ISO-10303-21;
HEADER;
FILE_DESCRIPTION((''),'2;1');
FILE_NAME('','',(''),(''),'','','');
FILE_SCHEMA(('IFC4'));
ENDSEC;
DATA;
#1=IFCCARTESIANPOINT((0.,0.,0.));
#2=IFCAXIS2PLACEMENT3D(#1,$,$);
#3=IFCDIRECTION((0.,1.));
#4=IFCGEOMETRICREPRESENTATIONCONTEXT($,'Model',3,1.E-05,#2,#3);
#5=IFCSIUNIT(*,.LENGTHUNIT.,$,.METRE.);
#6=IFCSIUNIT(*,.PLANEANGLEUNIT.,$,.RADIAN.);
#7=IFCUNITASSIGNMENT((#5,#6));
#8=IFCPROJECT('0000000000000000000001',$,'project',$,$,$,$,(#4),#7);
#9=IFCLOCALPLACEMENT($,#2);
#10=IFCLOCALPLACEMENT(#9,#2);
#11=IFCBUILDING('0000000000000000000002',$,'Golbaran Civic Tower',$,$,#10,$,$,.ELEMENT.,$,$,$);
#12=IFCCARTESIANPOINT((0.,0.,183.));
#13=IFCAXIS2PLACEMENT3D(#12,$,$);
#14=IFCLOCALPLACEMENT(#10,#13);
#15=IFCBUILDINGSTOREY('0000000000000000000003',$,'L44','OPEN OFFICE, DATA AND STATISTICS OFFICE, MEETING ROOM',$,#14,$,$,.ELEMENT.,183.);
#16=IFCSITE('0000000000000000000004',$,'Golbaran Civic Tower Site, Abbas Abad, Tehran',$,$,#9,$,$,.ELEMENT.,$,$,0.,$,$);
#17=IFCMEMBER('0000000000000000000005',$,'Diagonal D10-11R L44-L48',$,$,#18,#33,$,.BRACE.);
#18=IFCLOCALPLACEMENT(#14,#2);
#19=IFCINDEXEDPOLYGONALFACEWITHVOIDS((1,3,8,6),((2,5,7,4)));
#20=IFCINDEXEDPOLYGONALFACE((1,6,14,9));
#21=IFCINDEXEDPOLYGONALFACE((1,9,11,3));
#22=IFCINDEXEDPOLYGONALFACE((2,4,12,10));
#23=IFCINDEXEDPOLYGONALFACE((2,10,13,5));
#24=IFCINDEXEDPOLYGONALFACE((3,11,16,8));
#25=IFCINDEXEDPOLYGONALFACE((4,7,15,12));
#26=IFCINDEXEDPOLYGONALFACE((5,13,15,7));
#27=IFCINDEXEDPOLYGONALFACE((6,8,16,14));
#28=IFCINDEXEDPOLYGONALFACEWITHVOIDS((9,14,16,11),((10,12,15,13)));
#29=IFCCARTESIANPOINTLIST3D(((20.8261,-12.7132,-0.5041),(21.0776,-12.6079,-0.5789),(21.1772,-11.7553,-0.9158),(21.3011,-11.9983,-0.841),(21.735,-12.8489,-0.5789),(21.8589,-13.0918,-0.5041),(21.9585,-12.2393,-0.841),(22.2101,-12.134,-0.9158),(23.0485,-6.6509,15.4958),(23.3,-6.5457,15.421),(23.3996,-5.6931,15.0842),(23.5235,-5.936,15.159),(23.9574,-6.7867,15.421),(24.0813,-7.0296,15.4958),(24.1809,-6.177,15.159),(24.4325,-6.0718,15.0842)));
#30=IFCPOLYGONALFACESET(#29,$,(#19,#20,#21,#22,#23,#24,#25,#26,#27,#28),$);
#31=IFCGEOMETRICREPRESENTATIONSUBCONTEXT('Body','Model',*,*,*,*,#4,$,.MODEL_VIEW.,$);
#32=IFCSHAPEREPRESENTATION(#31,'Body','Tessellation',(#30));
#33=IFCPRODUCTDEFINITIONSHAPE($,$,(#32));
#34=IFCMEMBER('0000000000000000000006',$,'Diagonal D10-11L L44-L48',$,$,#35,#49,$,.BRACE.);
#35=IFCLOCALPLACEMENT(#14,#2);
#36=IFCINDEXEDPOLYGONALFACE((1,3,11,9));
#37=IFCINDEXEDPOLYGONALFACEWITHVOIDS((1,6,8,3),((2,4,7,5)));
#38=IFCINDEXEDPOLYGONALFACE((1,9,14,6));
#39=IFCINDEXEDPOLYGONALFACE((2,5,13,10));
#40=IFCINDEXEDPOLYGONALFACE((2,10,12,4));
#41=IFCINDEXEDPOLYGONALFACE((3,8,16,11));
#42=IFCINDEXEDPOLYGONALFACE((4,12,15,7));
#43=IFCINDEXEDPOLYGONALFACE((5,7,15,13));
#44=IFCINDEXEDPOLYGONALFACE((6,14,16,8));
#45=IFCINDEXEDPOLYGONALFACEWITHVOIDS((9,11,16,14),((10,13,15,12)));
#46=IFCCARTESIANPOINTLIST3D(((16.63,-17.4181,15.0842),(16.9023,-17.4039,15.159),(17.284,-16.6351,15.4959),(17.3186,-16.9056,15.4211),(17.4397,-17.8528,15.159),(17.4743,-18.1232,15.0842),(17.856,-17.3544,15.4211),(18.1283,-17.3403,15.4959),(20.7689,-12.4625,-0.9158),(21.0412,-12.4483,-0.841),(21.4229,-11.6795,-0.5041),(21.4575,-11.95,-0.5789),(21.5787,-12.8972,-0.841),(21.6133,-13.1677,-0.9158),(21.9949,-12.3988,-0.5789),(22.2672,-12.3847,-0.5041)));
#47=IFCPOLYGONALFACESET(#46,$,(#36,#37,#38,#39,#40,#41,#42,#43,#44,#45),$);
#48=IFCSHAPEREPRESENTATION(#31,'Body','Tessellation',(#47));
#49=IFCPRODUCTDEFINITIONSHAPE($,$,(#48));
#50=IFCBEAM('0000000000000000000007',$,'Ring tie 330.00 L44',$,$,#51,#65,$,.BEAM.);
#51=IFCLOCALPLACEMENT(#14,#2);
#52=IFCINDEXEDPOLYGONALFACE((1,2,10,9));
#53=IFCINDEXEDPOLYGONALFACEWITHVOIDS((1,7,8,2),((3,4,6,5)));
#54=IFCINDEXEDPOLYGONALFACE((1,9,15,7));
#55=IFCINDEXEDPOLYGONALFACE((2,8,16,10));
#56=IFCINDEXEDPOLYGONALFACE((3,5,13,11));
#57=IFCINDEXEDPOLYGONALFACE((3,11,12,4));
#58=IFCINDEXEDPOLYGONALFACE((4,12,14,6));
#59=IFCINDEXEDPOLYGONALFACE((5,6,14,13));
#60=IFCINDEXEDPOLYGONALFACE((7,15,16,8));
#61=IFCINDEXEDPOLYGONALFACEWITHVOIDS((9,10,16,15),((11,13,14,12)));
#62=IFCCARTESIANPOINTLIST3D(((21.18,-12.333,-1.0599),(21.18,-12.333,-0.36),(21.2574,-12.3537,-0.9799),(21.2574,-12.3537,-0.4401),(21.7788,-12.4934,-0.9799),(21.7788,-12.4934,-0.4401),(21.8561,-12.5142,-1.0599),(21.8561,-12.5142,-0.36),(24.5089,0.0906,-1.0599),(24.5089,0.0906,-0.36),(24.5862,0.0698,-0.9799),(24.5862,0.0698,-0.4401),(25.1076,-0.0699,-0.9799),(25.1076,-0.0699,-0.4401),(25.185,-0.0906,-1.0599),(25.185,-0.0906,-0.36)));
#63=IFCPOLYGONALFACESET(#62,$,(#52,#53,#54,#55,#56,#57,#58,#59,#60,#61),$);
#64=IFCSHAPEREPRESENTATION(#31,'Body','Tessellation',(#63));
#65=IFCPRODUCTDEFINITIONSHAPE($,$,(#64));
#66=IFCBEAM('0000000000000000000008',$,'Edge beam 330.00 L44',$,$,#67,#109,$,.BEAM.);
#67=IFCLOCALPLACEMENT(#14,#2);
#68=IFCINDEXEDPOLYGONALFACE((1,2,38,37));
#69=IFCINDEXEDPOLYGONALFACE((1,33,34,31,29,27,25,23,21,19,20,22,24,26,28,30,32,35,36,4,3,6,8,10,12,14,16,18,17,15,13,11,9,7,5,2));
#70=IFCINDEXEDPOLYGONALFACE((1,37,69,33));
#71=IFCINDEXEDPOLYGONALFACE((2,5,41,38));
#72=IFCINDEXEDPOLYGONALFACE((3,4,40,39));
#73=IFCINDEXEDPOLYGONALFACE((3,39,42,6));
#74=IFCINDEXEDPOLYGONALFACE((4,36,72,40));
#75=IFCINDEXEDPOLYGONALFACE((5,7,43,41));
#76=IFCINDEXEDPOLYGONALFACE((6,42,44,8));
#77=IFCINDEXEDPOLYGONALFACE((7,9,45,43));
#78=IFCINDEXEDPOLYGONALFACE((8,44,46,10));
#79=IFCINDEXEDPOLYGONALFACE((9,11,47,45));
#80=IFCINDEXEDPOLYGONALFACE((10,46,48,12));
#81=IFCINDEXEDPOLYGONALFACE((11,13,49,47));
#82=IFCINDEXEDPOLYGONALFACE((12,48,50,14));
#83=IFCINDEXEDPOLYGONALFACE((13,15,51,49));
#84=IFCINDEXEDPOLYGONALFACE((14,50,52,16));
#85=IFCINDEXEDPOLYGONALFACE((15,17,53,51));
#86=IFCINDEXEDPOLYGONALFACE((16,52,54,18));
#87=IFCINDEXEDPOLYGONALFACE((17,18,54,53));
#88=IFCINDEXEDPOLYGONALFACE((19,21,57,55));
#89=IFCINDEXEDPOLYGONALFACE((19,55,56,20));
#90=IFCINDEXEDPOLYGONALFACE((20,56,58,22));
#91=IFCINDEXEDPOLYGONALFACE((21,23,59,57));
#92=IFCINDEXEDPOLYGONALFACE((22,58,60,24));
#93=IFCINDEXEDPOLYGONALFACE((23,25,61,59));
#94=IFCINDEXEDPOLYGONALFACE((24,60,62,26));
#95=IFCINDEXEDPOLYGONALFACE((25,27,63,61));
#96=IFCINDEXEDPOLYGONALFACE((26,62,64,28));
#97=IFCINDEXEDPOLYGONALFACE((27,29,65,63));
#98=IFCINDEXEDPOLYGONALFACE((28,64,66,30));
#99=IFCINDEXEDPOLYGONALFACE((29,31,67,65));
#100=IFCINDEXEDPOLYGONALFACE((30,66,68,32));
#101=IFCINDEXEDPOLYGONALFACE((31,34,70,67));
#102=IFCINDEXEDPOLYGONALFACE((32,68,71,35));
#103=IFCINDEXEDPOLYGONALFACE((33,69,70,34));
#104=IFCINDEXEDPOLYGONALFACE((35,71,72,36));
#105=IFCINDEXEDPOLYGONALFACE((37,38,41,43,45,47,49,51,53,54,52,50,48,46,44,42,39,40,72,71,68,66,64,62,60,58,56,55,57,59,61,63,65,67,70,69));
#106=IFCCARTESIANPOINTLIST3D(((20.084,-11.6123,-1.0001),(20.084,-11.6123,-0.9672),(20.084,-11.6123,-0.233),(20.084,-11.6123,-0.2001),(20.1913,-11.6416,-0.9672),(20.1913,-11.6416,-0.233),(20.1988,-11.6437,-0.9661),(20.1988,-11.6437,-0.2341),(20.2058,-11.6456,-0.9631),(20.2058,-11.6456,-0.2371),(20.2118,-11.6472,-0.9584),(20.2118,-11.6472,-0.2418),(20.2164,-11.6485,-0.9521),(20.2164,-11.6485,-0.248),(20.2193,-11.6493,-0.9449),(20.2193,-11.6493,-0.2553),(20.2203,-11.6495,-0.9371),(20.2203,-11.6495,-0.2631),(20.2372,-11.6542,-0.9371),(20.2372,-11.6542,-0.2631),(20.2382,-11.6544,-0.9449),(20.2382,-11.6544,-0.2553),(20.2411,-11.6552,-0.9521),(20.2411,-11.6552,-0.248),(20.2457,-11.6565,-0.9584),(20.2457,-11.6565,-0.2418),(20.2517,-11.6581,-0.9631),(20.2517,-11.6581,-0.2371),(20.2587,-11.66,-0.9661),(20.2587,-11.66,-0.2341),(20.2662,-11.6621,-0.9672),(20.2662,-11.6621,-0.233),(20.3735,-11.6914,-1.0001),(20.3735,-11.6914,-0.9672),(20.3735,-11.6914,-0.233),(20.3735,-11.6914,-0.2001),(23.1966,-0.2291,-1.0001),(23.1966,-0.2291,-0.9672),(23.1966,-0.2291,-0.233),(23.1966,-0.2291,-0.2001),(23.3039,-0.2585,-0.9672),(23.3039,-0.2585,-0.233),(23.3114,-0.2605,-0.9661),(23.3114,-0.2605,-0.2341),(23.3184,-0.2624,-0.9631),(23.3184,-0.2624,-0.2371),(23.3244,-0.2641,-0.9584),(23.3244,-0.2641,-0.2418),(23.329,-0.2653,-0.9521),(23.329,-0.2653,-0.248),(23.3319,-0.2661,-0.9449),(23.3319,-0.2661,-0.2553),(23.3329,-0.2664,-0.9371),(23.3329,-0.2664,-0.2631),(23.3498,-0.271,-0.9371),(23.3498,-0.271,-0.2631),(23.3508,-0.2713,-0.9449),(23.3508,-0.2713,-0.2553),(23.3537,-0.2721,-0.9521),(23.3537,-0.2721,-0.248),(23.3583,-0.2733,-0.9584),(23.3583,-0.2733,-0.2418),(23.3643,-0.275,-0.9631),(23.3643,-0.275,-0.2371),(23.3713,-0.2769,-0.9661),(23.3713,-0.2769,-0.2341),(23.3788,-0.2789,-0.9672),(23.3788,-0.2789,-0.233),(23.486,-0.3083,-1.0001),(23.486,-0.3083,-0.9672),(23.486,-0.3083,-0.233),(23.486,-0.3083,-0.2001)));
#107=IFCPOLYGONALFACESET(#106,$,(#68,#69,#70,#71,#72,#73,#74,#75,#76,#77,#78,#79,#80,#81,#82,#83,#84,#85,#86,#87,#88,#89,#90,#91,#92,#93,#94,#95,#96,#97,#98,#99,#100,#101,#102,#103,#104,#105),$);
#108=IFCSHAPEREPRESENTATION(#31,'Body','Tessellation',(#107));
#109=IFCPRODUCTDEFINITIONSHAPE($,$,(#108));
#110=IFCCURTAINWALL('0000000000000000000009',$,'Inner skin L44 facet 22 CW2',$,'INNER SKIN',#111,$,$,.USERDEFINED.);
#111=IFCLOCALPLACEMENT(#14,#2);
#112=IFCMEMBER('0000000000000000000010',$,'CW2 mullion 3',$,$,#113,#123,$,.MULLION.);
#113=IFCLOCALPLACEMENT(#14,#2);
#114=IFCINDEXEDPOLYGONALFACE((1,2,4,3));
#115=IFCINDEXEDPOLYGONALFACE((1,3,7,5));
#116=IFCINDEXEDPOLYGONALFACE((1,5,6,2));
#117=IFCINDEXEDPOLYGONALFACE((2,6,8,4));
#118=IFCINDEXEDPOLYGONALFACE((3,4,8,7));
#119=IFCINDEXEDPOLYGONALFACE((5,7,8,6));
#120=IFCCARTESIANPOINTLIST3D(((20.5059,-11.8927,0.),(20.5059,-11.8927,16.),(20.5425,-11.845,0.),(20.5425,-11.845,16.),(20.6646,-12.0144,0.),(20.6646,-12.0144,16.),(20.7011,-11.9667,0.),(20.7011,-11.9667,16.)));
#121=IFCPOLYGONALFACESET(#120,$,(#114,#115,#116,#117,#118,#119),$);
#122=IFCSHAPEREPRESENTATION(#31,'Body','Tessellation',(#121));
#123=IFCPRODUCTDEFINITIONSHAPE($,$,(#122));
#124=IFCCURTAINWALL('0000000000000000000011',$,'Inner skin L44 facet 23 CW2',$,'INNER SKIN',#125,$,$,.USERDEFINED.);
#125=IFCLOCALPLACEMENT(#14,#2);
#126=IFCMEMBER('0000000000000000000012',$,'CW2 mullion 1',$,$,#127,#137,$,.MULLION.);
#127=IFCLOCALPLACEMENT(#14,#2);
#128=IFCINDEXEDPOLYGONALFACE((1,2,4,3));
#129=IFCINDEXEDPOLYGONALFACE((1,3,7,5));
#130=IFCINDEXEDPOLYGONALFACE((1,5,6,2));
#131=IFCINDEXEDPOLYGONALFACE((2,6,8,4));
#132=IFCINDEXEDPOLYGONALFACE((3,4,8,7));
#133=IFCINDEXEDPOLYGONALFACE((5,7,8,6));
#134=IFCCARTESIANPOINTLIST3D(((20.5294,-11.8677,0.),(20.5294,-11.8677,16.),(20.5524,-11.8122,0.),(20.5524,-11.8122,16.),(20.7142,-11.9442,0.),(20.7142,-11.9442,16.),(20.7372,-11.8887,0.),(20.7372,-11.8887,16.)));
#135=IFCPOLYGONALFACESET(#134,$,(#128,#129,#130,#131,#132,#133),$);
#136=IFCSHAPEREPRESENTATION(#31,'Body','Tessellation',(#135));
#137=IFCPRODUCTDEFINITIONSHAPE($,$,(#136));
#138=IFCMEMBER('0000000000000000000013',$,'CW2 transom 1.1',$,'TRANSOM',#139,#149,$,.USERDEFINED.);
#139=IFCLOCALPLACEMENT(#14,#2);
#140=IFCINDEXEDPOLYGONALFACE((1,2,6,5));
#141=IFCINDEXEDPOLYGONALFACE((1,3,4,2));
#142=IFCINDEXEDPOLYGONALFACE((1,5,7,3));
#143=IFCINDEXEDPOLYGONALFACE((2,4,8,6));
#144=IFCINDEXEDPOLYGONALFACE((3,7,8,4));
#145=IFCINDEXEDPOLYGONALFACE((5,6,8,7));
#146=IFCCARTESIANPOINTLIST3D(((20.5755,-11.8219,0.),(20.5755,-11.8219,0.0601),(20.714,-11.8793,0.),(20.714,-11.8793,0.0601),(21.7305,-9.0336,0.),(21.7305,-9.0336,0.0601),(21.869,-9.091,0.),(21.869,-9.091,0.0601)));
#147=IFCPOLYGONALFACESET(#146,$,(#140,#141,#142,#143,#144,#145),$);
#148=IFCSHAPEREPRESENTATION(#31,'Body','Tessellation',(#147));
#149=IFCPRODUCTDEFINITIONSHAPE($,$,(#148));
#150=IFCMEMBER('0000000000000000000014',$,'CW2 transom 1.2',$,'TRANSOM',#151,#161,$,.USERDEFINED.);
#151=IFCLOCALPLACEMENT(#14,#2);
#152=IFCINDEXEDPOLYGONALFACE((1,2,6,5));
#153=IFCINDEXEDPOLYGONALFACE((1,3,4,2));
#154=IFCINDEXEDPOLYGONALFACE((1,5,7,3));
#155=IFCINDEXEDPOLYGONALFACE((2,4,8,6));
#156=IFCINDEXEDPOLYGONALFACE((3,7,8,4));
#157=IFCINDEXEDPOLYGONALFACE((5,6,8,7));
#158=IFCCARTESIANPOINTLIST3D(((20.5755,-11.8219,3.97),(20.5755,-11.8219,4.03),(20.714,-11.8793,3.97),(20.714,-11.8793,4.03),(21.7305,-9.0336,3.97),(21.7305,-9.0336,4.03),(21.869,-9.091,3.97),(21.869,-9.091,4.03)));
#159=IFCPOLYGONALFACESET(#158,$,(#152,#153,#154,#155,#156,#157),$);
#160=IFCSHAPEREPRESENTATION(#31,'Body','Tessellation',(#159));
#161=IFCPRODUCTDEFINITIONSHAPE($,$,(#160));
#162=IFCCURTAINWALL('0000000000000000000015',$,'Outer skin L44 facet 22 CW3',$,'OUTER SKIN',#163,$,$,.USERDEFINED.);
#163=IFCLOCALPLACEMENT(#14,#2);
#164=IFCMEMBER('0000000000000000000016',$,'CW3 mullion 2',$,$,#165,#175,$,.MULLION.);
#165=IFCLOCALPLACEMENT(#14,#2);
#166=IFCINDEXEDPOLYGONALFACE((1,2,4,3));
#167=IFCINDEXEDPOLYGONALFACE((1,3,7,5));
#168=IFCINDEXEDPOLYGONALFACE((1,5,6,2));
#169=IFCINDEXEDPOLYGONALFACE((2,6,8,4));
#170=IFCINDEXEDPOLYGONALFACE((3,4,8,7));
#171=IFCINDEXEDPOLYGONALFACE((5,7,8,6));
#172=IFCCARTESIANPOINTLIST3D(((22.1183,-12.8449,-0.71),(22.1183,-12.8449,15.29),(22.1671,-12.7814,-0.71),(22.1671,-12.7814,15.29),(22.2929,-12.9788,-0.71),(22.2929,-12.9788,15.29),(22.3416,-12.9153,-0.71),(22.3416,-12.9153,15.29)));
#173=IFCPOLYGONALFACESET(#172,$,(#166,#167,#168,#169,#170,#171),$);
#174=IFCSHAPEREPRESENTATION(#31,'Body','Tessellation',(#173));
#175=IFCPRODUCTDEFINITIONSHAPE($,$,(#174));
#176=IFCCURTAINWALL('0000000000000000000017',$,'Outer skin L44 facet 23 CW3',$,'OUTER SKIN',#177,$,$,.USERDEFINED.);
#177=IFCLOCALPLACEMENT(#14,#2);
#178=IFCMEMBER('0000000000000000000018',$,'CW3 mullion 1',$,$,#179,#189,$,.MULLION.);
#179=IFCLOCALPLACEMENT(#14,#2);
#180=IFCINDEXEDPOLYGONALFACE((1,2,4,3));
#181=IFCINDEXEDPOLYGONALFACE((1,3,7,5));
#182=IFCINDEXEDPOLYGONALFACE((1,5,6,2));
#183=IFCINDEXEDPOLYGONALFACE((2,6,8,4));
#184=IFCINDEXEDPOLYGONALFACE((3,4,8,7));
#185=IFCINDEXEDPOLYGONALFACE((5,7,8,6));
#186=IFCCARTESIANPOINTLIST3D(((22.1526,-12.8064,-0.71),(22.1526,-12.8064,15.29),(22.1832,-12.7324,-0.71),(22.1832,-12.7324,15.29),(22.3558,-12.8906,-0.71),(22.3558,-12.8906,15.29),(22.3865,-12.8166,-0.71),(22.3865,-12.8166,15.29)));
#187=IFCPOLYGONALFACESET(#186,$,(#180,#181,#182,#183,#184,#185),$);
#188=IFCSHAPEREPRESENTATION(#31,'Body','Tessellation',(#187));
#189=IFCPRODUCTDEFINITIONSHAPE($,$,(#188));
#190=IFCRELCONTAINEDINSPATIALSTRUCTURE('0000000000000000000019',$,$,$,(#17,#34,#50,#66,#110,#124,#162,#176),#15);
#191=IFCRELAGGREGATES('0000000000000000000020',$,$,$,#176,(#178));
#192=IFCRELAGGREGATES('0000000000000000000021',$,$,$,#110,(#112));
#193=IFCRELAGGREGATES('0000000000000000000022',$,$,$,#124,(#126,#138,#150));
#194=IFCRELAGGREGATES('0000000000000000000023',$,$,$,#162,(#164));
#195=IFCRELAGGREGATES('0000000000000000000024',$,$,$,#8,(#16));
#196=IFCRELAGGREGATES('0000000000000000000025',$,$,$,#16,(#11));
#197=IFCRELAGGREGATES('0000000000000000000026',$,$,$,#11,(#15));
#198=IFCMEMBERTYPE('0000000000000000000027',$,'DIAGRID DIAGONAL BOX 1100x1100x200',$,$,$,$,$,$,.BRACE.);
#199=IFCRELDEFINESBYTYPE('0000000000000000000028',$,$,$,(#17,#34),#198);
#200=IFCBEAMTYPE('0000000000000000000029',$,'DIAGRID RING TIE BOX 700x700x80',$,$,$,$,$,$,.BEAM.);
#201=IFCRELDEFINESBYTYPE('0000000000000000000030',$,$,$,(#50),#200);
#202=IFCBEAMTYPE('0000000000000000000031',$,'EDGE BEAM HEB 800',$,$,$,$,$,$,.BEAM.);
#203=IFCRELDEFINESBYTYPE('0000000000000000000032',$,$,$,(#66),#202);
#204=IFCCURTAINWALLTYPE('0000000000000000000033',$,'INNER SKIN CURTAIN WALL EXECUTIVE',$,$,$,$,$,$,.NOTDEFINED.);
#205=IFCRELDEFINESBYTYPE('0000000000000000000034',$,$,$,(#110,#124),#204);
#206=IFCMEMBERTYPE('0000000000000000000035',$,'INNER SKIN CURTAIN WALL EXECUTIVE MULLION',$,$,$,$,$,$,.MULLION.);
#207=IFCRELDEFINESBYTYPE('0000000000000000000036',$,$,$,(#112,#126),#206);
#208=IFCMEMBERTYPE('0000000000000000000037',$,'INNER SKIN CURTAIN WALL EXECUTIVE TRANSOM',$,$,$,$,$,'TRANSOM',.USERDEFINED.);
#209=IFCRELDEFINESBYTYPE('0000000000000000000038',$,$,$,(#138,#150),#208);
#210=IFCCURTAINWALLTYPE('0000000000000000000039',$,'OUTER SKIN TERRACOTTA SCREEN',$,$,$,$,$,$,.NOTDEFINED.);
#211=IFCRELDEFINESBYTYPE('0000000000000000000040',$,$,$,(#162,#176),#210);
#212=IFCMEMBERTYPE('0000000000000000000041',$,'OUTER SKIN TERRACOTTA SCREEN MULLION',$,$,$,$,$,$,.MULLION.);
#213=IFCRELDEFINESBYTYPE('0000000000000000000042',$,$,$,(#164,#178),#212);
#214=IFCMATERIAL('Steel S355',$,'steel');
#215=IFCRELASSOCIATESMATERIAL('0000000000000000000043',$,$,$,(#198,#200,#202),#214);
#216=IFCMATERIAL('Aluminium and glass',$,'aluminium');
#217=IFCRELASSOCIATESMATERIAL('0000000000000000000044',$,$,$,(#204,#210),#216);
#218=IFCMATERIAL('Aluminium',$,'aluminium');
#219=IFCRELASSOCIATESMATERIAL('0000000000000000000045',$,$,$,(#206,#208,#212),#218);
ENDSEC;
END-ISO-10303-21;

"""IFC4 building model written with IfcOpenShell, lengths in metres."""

from ifc_helpers import new_model, si_unit, direction, frame, origin, origin_2d, place, context, subcontext, project, spatial, rectangle, hollow_rectangle, i_section, extrude, material, material_profile, profile_set, type_object, element, aggregate, save


model = new_model("IFC4")

# Units and contexts
model_context = context("Model", 3, precision=1e-05, world=origin(), true_north=direction((0.0, 1.0)))
body_context = subcontext(model_context, "Body", "Model", "MODEL_VIEW")
ifc_project = project(units=[si_unit("LENGTHUNIT", "METRE"), si_unit("PLANEANGLEUNIT", "RADIAN")], contexts=[model_context])

# Site, building, storey
site_placement = place(None, origin())
site = spatial("IfcSite", under=ifc_project, at=site_placement, Name="Golbaran Civic Tower Site, Abbas Abad, Tehran", CompositionType="ELEMENT", RefElevation=0.0)
building_placement = place(site_placement, origin())
building = spatial("IfcBuilding", under=site, at=building_placement, Name="Golbaran Civic Tower", CompositionType="ELEMENT")
storey_placement = place(building_placement, frame((0.0, 0.0, 183.0)))
storey = spatial("IfcBuildingStorey", under=building, at=storey_placement, Name="L44", Description="OPEN OFFICE, DATA AND STATISTICS OFFICE, MEETING ROOM", CompositionType="ELEMENT", Elevation=183.0)

# Members
ifc_material_1 = material(Name="Steel S355", Category="steel")
ifc_material_profile_1 = material_profile(ifc_material_1, hollow_rectangle(XDim=1.1001, YDim=1.1001, WallThickness=0.2, at=origin_2d()), Name="BOX 1100x1100x200")
ifc_profile_set_1 = profile_set([ifc_material_profile_1], Name="Steel S355")
member_type_1 = type_object("IfcMemberType", Name="DIAGRID DIAGONAL BOX 1100x1100x200", PredefinedType="BRACE", material=ifc_profile_set_1)
for number, where, z_axis, x_axis, name in (
    (1, (21.5181, -12.4236, -0.71), (0.128808, 0.35136, 0.927337), (-0.938897, 0.344198, 0.0), "Diagonal D10-11R L44-L48"),
    (2, (21.5181, -12.4236, -0.71), (-0.239886, -0.287219, 0.92734), (0.767514, -0.641032, 0.0), "Diagonal D10-11L L44-L48"),
):
    element("IfcMember", number, at=place(storey_placement, frame(where, z_axis=z_axis, x_axis=x_axis)), inside=storey, type_object=member_type_1, Name=name, PredefinedType="BRACE", context=body_context, shape_type="SweptSolid", body=[
        extrude(hollow_rectangle(XDim=1.1001, YDim=1.1001, WallThickness=0.2, at=origin_2d()), origin(), (0.0, 0.0, 1.0), 17.2537),
    ])

# Beams
ifc_material_profile_2 = material_profile(ifc_material_1, hollow_rectangle(XDim=0.7, YDim=0.7, WallThickness=0.0801, at=origin_2d()), Name="BOX 700x700x80")
ifc_profile_set_2 = profile_set([ifc_material_profile_2], Name="Steel S355")
beam_type_1 = type_object("IfcBeamType", Name="DIAGRID RING TIE BOX 700x700x80", PredefinedType="BEAM", material=ifc_profile_set_2)
beam_1_placement = place(storey_placement, frame((21.5181, -12.4236, -0.71), z_axis=(0.258817, 0.965926, 0.0), x_axis=(-0.965926, 0.258817, 0.0)))
element("IfcBeam", 3, at=beam_1_placement, inside=storey, type_object=beam_type_1, Name="Ring tie 330.00 L44", PredefinedType="BEAM", context=body_context, shape_type="SweptSolid", body=[
    extrude(hollow_rectangle(XDim=0.7, YDim=0.7, WallThickness=0.0801, at=origin_2d()), origin(), (0.0, 0.0, 1.0), 12.8618),
])
ifc_material_profile_3 = material_profile(ifc_material_1, i_section(OverallWidth=0.3, OverallDepth=0.8, WebThickness=0.0176, FlangeThickness=0.033, FilletRadius=0.03, at=origin_2d()), Name="HEB 800")
ifc_profile_set_3 = profile_set([ifc_material_profile_3], Name="Steel S355")
beam_type_2 = type_object("IfcBeamType", Name="EDGE BEAM HEB 800", PredefinedType="BEAM", material=ifc_profile_set_3)
beam_2_placement = place(storey_placement, frame((20.2288, -11.6519, -0.6001), z_axis=(0.263755, 0.96459, 0.0), x_axis=(-0.96459, 0.263755, 0.0)))
element("IfcBeam", 4, at=beam_2_placement, inside=storey, type_object=beam_type_2, Name="Edge beam 330.00 L44", PredefinedType="BEAM", context=body_context, shape_type="SweptSolid", body=[
    extrude(i_section(OverallWidth=0.3, OverallDepth=0.8, WebThickness=0.0176, FlangeThickness=0.033, FilletRadius=0.03, at=origin_2d()), origin(), (0.0, 0.0, 1.0), 11.801),
])

# Curtain wall, member
ifc_material_2 = material(Name="Aluminium and glass", Category="aluminium")
curtain_wall_type_1 = type_object("IfcCurtainWallType", Name="INNER SKIN CURTAIN WALL EXECUTIVE", PredefinedType="NOTDEFINED", material=ifc_material_2)
curtain_wall_1_placement = place(storey_placement, origin())
curtain_wall_1 = element("IfcCurtainWall", 5, at=curtain_wall_1_placement, inside=storey, type_object=curtain_wall_type_1, Name="Inner skin L44 facet 22 CW2", ObjectType="INNER SKIN", PredefinedType="USERDEFINED")
ifc_material_3 = material(Name="Aluminium", Category="aluminium")
ifc_material_profile_4 = material_profile(ifc_material_3, rectangle(XDim=0.2, YDim=0.0601, at=origin_2d()), Name="INNER SKIN CURTAIN WALL EXECUTIVE MULLION")
ifc_profile_set_4 = profile_set([ifc_material_profile_4], Name="Aluminium")
member_type_2 = type_object("IfcMemberType", Name="INNER SKIN CURTAIN WALL EXECUTIVE MULLION", PredefinedType="MULLION", material=ifc_profile_set_4)
member_1_placement = place(storey_placement, frame((20.6035, -11.9297, 0.0), z_axis=(0.0, 0.0, 1.0), x_axis=(-0.793353, 0.608761, 0.0)))
member_1 = element("IfcMember", 6, at=member_1_placement, type_object=member_type_2, Name="CW2 mullion 3", PredefinedType="MULLION", context=body_context, shape_type="SweptSolid", body=[
    extrude(rectangle(XDim=0.2, YDim=0.0601, at=origin_2d()), origin(), (0.0, 0.0, 1.0), 16.0),
])

# Curtain wall, members
curtain_wall_2_placement = place(storey_placement, origin())
curtain_wall_2 = element("IfcCurtainWall", 7, at=curtain_wall_2_placement, inside=storey, type_object=curtain_wall_type_1, Name="Inner skin L44 facet 23 CW2", ObjectType="INNER SKIN", PredefinedType="USERDEFINED")
member_2_placement = place(storey_placement, frame((20.6333, -11.8782, 0.0), z_axis=(0.0, 0.0, 1.0), x_axis=(-0.92388, 0.382683, 0.0)))
member_2 = element("IfcMember", 8, at=member_2_placement, type_object=member_type_2, Name="CW2 mullion 1", PredefinedType="MULLION", context=body_context, shape_type="SweptSolid", body=[
    extrude(rectangle(XDim=0.2, YDim=0.0601, at=origin_2d()), origin(), (0.0, 0.0, 1.0), 16.0),
])
ifc_material_profile_5 = material_profile(ifc_material_3, rectangle(XDim=0.1499, YDim=0.0601, at=origin_2d()), Name="INNER SKIN CURTAIN WALL EXECUTIVE TRANSOM")
ifc_profile_set_5 = profile_set([ifc_material_profile_5], Name="Aluminium")
member_type_3 = type_object("IfcMemberType", Name="INNER SKIN CURTAIN WALL EXECUTIVE TRANSOM", ElementType="TRANSOM", PredefinedType="USERDEFINED", material=ifc_profile_set_5)
member_3_placement = place(storey_placement, frame((20.6448, -11.8506, 0.03), z_axis=(0.382702, 0.923872, 0.0), x_axis=(-0.923872, 0.382702, 0.0)))
member_3 = element("IfcMember", 9, at=member_3_placement, type_object=member_type_3, Name="CW2 transom 1.1", ObjectType="TRANSOM", PredefinedType="USERDEFINED", context=body_context, shape_type="SweptSolid", body=[
    extrude(rectangle(XDim=0.1499, YDim=0.0601, at=origin_2d()), origin(), (0.0, 0.0, 1.0), 3.0181),
])
member_4_placement = place(storey_placement, frame((20.6448, -11.8506, 4.0), z_axis=(0.382702, 0.923872, 0.0), x_axis=(-0.923872, 0.382702, 0.0)))
member_4 = element("IfcMember", 10, at=member_4_placement, type_object=member_type_3, Name="CW2 transom 1.2", ObjectType="TRANSOM", PredefinedType="USERDEFINED", context=body_context, shape_type="SweptSolid", body=[
    extrude(rectangle(XDim=0.1499, YDim=0.0601, at=origin_2d()), origin(), (0.0, 0.0, 1.0), 3.0181),
])

# Curtain wall, member
curtain_wall_type_2 = type_object("IfcCurtainWallType", Name="OUTER SKIN TERRACOTTA SCREEN", PredefinedType="NOTDEFINED", material=ifc_material_2)
curtain_wall_3_placement = place(storey_placement, origin())
curtain_wall_3 = element("IfcCurtainWall", 11, at=curtain_wall_3_placement, inside=storey, type_object=curtain_wall_type_2, Name="Outer skin L44 facet 22 CW3", ObjectType="OUTER SKIN", PredefinedType="USERDEFINED")
ifc_material_profile_6 = material_profile(ifc_material_3, rectangle(XDim=0.22, YDim=0.0801, at=origin_2d()), Name="OUTER SKIN TERRACOTTA SCREEN MULLION")
ifc_profile_set_6 = profile_set([ifc_material_profile_6], Name="Aluminium")
member_type_4 = type_object("IfcMemberType", Name="OUTER SKIN TERRACOTTA SCREEN MULLION", PredefinedType="MULLION", material=ifc_profile_set_6)
member_5_placement = place(storey_placement, frame((22.23, -12.8801, -0.71), z_axis=(0.0, 0.0, 1.0), x_axis=(-0.793353, 0.608761, 0.0)))
member_5 = element("IfcMember", 12, at=member_5_placement, type_object=member_type_4, Name="CW3 mullion 2", PredefinedType="MULLION", context=body_context, shape_type="SweptSolid", body=[
    extrude(rectangle(XDim=0.22, YDim=0.0801, at=origin_2d()), origin(), (0.0, 0.0, 1.0), 16.0),
])

# Curtain wall, member
curtain_wall_4_placement = place(storey_placement, origin())
curtain_wall_4 = element("IfcCurtainWall", 13, at=curtain_wall_4_placement, inside=storey, type_object=curtain_wall_type_2, Name="Outer skin L44 facet 23 CW3", ObjectType="OUTER SKIN", PredefinedType="USERDEFINED")
member_6_placement = place(storey_placement, frame((22.2695, -12.8115, -0.71), z_axis=(0.0, 0.0, 1.0), x_axis=(-0.92388, 0.382683, 0.0)))
member_6 = element("IfcMember", 14, at=member_6_placement, type_object=member_type_4, Name="CW3 mullion 1", PredefinedType="MULLION", context=body_context, shape_type="SweptSolid", body=[
    extrude(rectangle(XDim=0.22, YDim=0.0801, at=origin_2d()), origin(), (0.0, 0.0, 1.0), 16.0),
])
aggregate(curtain_wall_4, [member_6])

aggregate(curtain_wall_1, [member_1])
aggregate(curtain_wall_2, [member_2, member_3, member_4])
aggregate(curtain_wall_3, [member_5])

save(model, "model.ifc")
